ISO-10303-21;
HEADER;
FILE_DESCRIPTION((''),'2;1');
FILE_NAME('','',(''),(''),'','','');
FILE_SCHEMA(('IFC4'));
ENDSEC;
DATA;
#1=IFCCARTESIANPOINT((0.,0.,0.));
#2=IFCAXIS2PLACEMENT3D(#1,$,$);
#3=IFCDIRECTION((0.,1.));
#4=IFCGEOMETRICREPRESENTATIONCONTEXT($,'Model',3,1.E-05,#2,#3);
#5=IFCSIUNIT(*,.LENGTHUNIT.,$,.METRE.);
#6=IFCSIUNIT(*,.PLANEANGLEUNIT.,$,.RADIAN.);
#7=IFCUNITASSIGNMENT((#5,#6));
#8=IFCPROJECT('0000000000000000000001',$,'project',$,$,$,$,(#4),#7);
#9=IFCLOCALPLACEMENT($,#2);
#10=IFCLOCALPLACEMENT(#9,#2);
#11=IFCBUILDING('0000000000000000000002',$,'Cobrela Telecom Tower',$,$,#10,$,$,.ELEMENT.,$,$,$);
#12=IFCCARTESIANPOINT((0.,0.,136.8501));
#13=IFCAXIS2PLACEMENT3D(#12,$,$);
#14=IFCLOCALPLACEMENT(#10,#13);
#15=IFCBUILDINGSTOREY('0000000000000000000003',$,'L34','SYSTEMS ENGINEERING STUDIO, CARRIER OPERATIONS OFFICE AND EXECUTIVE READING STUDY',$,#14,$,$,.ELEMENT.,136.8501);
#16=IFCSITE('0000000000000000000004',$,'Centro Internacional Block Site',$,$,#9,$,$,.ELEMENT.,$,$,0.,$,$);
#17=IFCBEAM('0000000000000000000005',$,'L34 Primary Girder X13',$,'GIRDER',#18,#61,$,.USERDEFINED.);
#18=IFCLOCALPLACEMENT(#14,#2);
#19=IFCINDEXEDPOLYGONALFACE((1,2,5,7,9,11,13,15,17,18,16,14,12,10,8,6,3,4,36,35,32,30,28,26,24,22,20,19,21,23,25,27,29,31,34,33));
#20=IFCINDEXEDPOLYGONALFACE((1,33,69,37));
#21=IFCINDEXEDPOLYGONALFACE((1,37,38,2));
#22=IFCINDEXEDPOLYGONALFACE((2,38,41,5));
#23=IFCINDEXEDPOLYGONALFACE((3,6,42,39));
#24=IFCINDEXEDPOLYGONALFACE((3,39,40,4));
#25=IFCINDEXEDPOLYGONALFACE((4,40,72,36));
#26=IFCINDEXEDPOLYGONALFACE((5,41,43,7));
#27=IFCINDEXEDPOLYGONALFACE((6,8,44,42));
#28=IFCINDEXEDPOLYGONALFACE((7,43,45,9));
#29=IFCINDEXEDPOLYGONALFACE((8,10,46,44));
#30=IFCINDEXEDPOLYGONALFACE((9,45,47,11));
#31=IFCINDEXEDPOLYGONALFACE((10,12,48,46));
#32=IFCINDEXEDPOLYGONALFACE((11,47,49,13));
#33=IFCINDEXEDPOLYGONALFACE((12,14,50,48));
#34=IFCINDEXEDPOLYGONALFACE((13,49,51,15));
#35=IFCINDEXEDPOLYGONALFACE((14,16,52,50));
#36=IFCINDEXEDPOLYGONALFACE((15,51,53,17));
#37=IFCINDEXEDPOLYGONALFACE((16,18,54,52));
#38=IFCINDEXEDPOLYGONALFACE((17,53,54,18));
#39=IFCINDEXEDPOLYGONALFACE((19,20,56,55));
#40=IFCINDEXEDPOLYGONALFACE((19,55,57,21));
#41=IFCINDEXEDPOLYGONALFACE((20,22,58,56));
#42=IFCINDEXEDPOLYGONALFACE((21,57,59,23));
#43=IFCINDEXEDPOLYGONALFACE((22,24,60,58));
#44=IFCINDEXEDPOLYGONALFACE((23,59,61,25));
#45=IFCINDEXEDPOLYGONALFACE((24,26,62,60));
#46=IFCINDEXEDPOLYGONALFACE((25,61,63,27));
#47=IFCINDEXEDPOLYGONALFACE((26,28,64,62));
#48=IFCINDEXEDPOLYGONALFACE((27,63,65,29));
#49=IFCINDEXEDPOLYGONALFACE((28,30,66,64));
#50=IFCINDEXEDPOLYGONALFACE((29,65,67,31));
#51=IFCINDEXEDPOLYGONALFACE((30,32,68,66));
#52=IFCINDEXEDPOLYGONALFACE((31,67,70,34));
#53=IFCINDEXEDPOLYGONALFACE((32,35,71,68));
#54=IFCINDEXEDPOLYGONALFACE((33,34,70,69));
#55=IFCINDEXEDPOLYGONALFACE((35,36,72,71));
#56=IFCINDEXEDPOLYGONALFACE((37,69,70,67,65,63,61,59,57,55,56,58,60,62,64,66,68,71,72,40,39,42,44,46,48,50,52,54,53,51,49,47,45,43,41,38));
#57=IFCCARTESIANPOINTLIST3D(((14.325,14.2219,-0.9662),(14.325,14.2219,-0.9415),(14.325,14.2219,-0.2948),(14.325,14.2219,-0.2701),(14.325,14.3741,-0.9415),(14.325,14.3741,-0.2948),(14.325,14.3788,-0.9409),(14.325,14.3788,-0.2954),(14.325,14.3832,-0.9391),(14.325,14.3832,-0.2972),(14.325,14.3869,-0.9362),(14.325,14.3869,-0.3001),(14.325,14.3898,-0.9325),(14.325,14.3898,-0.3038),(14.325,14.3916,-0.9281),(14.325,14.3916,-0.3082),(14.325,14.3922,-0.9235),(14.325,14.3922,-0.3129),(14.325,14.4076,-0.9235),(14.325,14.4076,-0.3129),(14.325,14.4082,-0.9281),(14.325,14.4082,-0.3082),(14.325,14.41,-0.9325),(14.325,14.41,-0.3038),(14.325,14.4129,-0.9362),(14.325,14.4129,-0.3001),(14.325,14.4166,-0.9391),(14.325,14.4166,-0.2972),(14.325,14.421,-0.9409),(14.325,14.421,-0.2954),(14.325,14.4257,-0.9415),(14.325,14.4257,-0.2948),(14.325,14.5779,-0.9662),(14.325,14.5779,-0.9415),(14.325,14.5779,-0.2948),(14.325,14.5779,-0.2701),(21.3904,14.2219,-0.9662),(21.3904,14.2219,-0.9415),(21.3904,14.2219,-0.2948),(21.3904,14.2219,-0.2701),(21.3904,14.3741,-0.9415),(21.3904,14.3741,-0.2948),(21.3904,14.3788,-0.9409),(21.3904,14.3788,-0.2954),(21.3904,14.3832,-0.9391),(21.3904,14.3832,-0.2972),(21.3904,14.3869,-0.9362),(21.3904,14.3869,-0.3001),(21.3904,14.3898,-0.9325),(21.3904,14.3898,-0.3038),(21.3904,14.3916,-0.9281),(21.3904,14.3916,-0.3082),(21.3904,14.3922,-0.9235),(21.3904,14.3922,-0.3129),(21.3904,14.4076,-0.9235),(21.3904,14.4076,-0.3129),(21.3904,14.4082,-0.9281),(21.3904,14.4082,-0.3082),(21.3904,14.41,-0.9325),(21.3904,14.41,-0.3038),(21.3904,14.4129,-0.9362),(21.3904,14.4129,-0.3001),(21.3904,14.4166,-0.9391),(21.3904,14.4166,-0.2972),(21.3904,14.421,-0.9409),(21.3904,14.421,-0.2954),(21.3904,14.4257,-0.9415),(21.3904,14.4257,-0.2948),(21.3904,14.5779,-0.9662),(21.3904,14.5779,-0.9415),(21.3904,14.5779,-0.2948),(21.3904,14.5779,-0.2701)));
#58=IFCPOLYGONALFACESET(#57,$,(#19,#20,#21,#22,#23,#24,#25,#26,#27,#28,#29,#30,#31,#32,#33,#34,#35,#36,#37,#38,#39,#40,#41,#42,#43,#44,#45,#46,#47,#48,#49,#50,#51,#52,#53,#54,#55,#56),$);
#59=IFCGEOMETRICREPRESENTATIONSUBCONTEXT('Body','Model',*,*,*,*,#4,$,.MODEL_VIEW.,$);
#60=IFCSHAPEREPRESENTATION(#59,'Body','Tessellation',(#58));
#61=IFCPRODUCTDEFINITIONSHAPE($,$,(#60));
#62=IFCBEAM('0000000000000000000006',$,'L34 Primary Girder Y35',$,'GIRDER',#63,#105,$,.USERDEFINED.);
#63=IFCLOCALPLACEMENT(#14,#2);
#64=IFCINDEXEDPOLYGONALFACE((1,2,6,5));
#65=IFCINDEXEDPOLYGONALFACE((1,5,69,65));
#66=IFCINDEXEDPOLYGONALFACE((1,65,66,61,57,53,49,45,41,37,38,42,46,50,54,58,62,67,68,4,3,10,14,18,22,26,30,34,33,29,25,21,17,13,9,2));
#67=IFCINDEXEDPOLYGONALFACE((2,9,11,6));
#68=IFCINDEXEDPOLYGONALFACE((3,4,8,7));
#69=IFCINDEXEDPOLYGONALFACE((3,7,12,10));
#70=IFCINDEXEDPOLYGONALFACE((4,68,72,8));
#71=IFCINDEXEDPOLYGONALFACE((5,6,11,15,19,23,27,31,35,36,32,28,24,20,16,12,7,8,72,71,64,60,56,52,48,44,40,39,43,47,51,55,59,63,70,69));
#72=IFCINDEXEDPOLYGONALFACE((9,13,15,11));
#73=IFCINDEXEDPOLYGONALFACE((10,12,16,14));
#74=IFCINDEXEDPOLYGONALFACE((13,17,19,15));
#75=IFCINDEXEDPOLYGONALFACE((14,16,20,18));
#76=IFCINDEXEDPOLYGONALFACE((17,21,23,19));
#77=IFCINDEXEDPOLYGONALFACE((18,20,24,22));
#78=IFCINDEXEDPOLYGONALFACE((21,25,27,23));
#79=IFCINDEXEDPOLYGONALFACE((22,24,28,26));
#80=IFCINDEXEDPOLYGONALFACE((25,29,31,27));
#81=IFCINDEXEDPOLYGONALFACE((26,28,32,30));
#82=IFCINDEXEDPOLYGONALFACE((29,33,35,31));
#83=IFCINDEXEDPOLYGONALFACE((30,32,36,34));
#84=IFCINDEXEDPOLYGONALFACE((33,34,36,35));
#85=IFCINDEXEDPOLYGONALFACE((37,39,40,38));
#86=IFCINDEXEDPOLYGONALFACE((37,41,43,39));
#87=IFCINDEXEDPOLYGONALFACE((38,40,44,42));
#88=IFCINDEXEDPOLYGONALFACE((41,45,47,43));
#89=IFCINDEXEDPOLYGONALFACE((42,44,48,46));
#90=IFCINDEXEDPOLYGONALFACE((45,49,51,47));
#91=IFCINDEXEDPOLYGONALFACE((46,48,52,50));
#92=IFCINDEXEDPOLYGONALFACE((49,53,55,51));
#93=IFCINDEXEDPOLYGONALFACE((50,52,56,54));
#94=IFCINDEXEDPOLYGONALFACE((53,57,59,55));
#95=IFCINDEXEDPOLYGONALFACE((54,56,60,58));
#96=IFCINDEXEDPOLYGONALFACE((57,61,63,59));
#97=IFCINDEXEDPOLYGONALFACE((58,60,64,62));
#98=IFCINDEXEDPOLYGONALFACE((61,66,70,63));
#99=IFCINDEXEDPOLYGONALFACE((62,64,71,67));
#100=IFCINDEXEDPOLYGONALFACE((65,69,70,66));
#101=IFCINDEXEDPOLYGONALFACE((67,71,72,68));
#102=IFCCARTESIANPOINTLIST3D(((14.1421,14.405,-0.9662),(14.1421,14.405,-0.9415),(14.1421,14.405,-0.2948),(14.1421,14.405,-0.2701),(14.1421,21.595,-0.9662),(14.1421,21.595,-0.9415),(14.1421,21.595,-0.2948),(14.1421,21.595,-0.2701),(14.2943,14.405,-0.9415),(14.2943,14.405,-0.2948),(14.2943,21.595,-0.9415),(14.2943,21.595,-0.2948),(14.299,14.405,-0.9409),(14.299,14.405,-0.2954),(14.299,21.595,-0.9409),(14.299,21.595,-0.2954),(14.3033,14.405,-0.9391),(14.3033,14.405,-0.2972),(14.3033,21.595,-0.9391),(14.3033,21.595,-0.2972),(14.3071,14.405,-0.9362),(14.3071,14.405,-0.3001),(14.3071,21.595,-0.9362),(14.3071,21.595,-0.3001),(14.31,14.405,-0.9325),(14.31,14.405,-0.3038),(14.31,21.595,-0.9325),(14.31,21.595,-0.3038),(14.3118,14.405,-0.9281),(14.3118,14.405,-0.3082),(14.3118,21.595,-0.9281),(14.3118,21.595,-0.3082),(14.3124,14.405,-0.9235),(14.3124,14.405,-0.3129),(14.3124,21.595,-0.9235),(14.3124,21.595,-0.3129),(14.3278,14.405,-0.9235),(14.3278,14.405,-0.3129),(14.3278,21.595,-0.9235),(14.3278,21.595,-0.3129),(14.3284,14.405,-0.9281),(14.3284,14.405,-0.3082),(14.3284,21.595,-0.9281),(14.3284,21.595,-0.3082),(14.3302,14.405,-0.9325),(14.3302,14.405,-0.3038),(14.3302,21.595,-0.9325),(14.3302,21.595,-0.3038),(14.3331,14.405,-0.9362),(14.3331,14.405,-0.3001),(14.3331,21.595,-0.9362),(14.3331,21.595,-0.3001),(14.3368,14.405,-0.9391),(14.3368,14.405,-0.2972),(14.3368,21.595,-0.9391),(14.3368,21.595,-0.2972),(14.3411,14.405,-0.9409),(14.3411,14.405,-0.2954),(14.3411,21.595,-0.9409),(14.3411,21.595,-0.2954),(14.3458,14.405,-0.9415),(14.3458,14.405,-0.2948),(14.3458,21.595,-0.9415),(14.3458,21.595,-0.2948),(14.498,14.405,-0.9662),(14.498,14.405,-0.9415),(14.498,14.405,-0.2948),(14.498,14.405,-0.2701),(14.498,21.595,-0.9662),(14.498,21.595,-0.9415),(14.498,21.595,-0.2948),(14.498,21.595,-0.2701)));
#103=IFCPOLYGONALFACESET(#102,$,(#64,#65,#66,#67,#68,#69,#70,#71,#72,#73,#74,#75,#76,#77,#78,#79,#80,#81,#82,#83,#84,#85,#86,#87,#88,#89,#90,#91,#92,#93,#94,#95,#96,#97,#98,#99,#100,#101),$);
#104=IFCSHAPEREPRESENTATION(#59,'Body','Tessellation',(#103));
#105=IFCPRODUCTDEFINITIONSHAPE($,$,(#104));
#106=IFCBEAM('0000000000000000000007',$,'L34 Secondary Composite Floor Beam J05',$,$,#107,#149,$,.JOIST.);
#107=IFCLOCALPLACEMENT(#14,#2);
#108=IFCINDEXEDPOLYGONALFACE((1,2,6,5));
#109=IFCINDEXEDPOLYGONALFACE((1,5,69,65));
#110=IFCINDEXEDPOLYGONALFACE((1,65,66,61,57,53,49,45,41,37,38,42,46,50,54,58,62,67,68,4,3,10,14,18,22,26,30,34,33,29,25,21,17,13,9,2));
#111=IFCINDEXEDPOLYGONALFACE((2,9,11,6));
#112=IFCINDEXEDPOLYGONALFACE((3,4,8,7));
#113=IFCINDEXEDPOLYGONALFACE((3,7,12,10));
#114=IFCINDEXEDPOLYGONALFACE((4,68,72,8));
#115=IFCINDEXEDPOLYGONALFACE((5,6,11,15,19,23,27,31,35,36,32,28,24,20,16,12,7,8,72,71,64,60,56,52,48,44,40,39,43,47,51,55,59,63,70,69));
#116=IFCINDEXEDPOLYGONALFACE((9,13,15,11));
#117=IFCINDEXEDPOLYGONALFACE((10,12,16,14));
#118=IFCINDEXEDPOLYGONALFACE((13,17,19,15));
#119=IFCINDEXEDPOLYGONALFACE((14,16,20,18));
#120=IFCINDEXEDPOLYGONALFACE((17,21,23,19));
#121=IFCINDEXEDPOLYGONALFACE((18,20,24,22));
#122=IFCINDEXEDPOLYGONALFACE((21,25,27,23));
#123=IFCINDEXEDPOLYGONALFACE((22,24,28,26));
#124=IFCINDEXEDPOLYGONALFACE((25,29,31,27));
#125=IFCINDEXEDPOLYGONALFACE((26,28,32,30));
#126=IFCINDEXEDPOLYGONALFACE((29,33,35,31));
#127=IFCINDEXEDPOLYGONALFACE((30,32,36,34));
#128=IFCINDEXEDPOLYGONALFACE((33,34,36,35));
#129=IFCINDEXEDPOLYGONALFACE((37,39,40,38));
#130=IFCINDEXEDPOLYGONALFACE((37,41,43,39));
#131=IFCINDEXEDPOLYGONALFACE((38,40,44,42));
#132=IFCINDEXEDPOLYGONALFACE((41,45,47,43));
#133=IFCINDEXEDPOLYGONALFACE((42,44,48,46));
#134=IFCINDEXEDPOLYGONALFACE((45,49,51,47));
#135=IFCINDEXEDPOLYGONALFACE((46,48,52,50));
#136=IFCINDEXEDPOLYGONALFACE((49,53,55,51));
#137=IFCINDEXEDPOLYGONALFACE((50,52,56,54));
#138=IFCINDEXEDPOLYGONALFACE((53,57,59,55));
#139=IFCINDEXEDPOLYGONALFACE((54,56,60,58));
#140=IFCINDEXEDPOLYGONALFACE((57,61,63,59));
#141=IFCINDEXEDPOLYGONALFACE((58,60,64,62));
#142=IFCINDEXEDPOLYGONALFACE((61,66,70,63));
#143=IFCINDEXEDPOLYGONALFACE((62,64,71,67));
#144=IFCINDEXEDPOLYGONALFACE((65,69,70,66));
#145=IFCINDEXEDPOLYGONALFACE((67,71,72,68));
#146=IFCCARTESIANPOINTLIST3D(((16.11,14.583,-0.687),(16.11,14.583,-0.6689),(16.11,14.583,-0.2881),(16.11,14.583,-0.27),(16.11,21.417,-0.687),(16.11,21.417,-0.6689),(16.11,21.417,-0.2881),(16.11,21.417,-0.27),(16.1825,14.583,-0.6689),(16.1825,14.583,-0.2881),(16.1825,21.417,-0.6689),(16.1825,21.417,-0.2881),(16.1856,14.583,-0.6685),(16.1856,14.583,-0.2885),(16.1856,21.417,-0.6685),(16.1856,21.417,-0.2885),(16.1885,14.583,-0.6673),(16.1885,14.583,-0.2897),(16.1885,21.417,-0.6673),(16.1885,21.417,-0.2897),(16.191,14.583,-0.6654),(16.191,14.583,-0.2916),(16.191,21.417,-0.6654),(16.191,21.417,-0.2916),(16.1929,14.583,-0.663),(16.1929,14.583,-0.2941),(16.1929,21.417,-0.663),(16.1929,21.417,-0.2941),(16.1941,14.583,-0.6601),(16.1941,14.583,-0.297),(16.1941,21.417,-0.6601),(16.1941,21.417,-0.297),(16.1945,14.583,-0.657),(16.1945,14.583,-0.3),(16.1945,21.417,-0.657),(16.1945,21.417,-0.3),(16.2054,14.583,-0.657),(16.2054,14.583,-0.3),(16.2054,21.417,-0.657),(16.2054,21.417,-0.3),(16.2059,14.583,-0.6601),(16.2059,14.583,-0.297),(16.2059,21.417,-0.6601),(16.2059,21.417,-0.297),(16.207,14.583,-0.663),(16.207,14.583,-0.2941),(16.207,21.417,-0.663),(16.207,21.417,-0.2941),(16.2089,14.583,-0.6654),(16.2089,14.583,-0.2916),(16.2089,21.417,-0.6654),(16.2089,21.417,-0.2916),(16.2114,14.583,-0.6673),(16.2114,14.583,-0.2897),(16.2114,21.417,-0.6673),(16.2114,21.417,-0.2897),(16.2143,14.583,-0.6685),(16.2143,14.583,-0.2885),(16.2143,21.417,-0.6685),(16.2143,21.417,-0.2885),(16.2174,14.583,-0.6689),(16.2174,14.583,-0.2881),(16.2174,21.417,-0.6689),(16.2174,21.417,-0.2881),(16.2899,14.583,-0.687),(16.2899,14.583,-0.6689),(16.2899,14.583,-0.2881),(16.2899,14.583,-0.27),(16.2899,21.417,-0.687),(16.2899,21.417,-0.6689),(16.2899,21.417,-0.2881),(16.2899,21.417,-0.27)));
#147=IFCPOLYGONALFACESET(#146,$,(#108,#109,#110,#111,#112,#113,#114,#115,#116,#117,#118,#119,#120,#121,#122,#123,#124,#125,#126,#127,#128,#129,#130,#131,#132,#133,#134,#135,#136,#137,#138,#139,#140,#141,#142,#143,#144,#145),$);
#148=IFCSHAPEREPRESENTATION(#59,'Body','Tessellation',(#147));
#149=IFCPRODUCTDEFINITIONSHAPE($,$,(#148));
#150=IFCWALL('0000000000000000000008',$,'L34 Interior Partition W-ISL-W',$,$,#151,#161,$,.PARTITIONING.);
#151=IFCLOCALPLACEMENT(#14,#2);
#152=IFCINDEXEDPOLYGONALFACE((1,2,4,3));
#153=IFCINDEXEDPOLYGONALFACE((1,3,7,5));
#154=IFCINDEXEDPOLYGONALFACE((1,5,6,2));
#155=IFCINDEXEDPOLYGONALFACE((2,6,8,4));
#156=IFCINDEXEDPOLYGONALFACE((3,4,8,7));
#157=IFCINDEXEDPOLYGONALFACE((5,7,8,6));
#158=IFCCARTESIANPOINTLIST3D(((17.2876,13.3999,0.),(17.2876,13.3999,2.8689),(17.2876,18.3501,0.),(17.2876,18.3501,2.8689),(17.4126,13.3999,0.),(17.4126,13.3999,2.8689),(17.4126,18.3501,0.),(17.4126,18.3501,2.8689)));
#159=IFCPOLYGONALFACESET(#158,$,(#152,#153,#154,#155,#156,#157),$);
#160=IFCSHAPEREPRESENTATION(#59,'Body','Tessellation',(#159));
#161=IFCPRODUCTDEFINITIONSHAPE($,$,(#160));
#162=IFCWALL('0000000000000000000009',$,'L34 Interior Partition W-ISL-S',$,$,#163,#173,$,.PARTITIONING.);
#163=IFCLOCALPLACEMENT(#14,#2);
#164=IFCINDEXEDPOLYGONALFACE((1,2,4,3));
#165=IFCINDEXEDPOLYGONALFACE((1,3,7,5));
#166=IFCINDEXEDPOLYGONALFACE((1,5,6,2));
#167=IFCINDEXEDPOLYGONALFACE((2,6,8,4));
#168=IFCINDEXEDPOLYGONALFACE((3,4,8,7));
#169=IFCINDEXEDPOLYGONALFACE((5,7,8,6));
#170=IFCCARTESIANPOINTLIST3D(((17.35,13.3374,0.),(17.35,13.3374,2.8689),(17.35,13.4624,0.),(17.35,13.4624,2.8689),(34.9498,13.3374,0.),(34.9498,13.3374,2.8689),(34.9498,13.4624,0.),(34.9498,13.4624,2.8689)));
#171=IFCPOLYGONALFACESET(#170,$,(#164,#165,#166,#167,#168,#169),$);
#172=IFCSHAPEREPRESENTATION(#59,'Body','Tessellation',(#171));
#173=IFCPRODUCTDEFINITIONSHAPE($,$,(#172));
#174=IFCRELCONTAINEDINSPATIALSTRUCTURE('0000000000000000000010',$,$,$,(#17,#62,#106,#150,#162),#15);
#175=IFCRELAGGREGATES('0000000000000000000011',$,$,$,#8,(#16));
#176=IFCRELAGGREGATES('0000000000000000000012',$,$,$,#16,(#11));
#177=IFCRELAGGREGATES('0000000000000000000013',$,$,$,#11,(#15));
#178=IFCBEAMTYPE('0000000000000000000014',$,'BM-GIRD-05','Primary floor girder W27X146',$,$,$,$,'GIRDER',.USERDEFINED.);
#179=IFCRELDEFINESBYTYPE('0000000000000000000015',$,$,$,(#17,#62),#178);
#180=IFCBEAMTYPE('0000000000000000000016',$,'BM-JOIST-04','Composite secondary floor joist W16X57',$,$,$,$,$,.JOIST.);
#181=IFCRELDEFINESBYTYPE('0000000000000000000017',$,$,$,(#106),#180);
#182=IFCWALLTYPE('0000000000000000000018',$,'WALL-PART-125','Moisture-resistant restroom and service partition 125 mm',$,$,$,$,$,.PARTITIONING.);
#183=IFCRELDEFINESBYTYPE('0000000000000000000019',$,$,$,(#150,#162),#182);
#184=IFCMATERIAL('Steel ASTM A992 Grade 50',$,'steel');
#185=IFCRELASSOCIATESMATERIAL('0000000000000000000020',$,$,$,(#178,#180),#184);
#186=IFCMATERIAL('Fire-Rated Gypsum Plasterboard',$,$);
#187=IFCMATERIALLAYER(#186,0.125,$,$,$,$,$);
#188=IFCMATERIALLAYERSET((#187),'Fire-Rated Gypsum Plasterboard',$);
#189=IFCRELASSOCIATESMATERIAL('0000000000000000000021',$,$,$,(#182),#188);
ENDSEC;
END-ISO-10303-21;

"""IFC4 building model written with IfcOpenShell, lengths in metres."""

from ifc_helpers import new_model, si_unit, direction, frame, frame_2d, origin, origin_2d, place, context, subcontext, project, spatial, rectangle, i_section, extrude, material, layer, layer_set, material_profile, profile_set, type_object, element, save


model = new_model("IFC4")

# Units and contexts
model_context = context("Model", 3, precision=1e-05, world=origin(), true_north=direction((0.0, 1.0)))
body_context = subcontext(model_context, "Body", "Model", "MODEL_VIEW")
ifc_project = project(units=[si_unit("LENGTHUNIT", "METRE"), si_unit("PLANEANGLEUNIT", "RADIAN")], contexts=[model_context])

# Site, building, storey
site_placement = place(None, origin())
site = spatial("IfcSite", under=ifc_project, at=site_placement, Name="Centro Internacional Block Site", CompositionType="ELEMENT", RefElevation=0.0)
building_placement = place(site_placement, origin())
building = spatial("IfcBuilding", under=site, at=building_placement, Name="Cobrela Telecom Tower", CompositionType="ELEMENT")
storey_placement = place(building_placement, frame((0.0, 0.0, 136.8501)))
storey = spatial("IfcBuildingStorey", under=building, at=storey_placement, Name="L34", Description="SYSTEMS ENGINEERING STUDIO, CARRIER OPERATIONS OFFICE AND EXECUTIVE READING STUDY", CompositionType="ELEMENT", Elevation=136.8501)

# Beams
ifc_material_1 = material(Name="Steel ASTM A992 Grade 50", Category="steel")
ifc_material_profile_1 = material_profile(ifc_material_1, i_section(OverallWidth=0.356, OverallDepth=0.696, WebThickness=0.0154, FlangeThickness=0.0247, FilletRadius=0.0181, at=origin_2d()), Name="W27X146")
ifc_profile_set_1 = profile_set([ifc_material_profile_1], Name="Steel ASTM A992 Grade 50")
beam_type_1 = type_object("IfcBeamType", Name="BM-GIRD-05", Description="Primary floor girder W27X146", ElementType="GIRDER", PredefinedType="USERDEFINED", material=ifc_profile_set_1)
beam_1_placement = place(storey_placement, frame((14.325, 14.3999, -0.6182), z_axis=(1.0, 0.0, 0.0), x_axis=(0.0, 1.0, 0.0)))
element("IfcBeam", 1, at=beam_1_placement, inside=storey, type_object=beam_type_1, Name="L34 Primary Girder X13", ObjectType="GIRDER", PredefinedType="USERDEFINED", context=body_context, shape_type="SweptSolid", body=[
    extrude(i_section(OverallWidth=0.356, OverallDepth=0.696, WebThickness=0.0154, FlangeThickness=0.0247, FilletRadius=0.0181, at=origin_2d()), origin(), (0.0, 0.0, 1.0), 7.0654),
])
beam_2_placement = place(storey_placement, frame((14.3201, 14.405, -0.6182), z_axis=(0.0, 1.0, 0.0), x_axis=(-1.0, 0.0, 0.0)))
element("IfcBeam", 2, at=beam_2_placement, inside=storey, type_object=beam_type_1, Name="L34 Primary Girder Y35", ObjectType="GIRDER", PredefinedType="USERDEFINED", context=body_context, shape_type="SweptSolid", body=[
    extrude(i_section(OverallWidth=0.356, OverallDepth=0.696, WebThickness=0.0154, FlangeThickness=0.0247, FilletRadius=0.0181, at=origin_2d()), origin(), (0.0, 0.0, 1.0), 7.1899),
])
ifc_material_profile_2 = material_profile(ifc_material_1, i_section(OverallWidth=0.1799, OverallDepth=0.417, WebThickness=0.011, FlangeThickness=0.0181, FilletRadius=0.012, at=origin_2d()), Name="W16X57")
ifc_profile_set_2 = profile_set([ifc_material_profile_2], Name="Steel ASTM A992 Grade 50")
beam_type_2 = type_object("IfcBeamType", Name="BM-JOIST-04", Description="Composite secondary floor joist W16X57", PredefinedType="JOIST", material=ifc_profile_set_2)
beam_3_placement = place(storey_placement, frame((16.2, 14.583, -0.4785), z_axis=(0.0, 1.0, 0.0), x_axis=(-1.0, 0.0, 0.0)))
element("IfcBeam", 3, at=beam_3_placement, inside=storey, type_object=beam_type_2, Name="L34 Secondary Composite Floor Beam J05", PredefinedType="JOIST", context=body_context, shape_type="SweptSolid", body=[
    extrude(i_section(OverallWidth=0.1799, OverallDepth=0.417, WebThickness=0.011, FlangeThickness=0.0181, FilletRadius=0.012, at=origin_2d()), origin(), (0.0, 0.0, 1.0), 6.834),
])

# Walls
ifc_material_2 = material(Name="Fire-Rated Gypsum Plasterboard")
ifc_layer_1 = layer(ifc_material_2, 0.125)
ifc_layer_set_1 = layer_set([ifc_layer_1], Name="Fire-Rated Gypsum Plasterboard")
wall_type_1 = type_object("IfcWallType", Name="WALL-PART-125", Description="Moisture-resistant restroom and service partition 125 mm", PredefinedType="PARTITIONING", material=ifc_layer_set_1)
wall_1_placement = place(storey_placement, frame((17.3501, 13.3999, 0.0), z_axis=(0.0, 0.0, 1.0), x_axis=(0.0, 1.0, 0.0)))
element("IfcWall", 4, at=wall_1_placement, inside=storey, type_object=wall_type_1, Name="L34 Interior Partition W-ISL-W", PredefinedType="PARTITIONING", context=body_context, shape_type="SweptSolid", body=[
    extrude(rectangle(XDim=4.9502, YDim=0.125, at=frame_2d((2.4751, 0.0))), origin(), (0.0, 0.0, 1.0), 2.8689),
])
wall_2_placement = place(storey_placement, frame((17.3501, 13.3999, 0.0), z_axis=(0.0, 0.0, 1.0), x_axis=(1.0, 0.0, 0.0)))
element("IfcWall", 5, at=wall_2_placement, inside=storey, type_object=wall_type_1, Name="L34 Interior Partition W-ISL-S", PredefinedType="PARTITIONING", context=body_context, shape_type="SweptSolid", body=[
    extrude(rectangle(XDim=17.5999, YDim=0.125, at=frame_2d((8.7998, 0.0))), origin(), (0.0, 0.0, 1.0), 2.8689),
])

save(model, "model.ifc")
